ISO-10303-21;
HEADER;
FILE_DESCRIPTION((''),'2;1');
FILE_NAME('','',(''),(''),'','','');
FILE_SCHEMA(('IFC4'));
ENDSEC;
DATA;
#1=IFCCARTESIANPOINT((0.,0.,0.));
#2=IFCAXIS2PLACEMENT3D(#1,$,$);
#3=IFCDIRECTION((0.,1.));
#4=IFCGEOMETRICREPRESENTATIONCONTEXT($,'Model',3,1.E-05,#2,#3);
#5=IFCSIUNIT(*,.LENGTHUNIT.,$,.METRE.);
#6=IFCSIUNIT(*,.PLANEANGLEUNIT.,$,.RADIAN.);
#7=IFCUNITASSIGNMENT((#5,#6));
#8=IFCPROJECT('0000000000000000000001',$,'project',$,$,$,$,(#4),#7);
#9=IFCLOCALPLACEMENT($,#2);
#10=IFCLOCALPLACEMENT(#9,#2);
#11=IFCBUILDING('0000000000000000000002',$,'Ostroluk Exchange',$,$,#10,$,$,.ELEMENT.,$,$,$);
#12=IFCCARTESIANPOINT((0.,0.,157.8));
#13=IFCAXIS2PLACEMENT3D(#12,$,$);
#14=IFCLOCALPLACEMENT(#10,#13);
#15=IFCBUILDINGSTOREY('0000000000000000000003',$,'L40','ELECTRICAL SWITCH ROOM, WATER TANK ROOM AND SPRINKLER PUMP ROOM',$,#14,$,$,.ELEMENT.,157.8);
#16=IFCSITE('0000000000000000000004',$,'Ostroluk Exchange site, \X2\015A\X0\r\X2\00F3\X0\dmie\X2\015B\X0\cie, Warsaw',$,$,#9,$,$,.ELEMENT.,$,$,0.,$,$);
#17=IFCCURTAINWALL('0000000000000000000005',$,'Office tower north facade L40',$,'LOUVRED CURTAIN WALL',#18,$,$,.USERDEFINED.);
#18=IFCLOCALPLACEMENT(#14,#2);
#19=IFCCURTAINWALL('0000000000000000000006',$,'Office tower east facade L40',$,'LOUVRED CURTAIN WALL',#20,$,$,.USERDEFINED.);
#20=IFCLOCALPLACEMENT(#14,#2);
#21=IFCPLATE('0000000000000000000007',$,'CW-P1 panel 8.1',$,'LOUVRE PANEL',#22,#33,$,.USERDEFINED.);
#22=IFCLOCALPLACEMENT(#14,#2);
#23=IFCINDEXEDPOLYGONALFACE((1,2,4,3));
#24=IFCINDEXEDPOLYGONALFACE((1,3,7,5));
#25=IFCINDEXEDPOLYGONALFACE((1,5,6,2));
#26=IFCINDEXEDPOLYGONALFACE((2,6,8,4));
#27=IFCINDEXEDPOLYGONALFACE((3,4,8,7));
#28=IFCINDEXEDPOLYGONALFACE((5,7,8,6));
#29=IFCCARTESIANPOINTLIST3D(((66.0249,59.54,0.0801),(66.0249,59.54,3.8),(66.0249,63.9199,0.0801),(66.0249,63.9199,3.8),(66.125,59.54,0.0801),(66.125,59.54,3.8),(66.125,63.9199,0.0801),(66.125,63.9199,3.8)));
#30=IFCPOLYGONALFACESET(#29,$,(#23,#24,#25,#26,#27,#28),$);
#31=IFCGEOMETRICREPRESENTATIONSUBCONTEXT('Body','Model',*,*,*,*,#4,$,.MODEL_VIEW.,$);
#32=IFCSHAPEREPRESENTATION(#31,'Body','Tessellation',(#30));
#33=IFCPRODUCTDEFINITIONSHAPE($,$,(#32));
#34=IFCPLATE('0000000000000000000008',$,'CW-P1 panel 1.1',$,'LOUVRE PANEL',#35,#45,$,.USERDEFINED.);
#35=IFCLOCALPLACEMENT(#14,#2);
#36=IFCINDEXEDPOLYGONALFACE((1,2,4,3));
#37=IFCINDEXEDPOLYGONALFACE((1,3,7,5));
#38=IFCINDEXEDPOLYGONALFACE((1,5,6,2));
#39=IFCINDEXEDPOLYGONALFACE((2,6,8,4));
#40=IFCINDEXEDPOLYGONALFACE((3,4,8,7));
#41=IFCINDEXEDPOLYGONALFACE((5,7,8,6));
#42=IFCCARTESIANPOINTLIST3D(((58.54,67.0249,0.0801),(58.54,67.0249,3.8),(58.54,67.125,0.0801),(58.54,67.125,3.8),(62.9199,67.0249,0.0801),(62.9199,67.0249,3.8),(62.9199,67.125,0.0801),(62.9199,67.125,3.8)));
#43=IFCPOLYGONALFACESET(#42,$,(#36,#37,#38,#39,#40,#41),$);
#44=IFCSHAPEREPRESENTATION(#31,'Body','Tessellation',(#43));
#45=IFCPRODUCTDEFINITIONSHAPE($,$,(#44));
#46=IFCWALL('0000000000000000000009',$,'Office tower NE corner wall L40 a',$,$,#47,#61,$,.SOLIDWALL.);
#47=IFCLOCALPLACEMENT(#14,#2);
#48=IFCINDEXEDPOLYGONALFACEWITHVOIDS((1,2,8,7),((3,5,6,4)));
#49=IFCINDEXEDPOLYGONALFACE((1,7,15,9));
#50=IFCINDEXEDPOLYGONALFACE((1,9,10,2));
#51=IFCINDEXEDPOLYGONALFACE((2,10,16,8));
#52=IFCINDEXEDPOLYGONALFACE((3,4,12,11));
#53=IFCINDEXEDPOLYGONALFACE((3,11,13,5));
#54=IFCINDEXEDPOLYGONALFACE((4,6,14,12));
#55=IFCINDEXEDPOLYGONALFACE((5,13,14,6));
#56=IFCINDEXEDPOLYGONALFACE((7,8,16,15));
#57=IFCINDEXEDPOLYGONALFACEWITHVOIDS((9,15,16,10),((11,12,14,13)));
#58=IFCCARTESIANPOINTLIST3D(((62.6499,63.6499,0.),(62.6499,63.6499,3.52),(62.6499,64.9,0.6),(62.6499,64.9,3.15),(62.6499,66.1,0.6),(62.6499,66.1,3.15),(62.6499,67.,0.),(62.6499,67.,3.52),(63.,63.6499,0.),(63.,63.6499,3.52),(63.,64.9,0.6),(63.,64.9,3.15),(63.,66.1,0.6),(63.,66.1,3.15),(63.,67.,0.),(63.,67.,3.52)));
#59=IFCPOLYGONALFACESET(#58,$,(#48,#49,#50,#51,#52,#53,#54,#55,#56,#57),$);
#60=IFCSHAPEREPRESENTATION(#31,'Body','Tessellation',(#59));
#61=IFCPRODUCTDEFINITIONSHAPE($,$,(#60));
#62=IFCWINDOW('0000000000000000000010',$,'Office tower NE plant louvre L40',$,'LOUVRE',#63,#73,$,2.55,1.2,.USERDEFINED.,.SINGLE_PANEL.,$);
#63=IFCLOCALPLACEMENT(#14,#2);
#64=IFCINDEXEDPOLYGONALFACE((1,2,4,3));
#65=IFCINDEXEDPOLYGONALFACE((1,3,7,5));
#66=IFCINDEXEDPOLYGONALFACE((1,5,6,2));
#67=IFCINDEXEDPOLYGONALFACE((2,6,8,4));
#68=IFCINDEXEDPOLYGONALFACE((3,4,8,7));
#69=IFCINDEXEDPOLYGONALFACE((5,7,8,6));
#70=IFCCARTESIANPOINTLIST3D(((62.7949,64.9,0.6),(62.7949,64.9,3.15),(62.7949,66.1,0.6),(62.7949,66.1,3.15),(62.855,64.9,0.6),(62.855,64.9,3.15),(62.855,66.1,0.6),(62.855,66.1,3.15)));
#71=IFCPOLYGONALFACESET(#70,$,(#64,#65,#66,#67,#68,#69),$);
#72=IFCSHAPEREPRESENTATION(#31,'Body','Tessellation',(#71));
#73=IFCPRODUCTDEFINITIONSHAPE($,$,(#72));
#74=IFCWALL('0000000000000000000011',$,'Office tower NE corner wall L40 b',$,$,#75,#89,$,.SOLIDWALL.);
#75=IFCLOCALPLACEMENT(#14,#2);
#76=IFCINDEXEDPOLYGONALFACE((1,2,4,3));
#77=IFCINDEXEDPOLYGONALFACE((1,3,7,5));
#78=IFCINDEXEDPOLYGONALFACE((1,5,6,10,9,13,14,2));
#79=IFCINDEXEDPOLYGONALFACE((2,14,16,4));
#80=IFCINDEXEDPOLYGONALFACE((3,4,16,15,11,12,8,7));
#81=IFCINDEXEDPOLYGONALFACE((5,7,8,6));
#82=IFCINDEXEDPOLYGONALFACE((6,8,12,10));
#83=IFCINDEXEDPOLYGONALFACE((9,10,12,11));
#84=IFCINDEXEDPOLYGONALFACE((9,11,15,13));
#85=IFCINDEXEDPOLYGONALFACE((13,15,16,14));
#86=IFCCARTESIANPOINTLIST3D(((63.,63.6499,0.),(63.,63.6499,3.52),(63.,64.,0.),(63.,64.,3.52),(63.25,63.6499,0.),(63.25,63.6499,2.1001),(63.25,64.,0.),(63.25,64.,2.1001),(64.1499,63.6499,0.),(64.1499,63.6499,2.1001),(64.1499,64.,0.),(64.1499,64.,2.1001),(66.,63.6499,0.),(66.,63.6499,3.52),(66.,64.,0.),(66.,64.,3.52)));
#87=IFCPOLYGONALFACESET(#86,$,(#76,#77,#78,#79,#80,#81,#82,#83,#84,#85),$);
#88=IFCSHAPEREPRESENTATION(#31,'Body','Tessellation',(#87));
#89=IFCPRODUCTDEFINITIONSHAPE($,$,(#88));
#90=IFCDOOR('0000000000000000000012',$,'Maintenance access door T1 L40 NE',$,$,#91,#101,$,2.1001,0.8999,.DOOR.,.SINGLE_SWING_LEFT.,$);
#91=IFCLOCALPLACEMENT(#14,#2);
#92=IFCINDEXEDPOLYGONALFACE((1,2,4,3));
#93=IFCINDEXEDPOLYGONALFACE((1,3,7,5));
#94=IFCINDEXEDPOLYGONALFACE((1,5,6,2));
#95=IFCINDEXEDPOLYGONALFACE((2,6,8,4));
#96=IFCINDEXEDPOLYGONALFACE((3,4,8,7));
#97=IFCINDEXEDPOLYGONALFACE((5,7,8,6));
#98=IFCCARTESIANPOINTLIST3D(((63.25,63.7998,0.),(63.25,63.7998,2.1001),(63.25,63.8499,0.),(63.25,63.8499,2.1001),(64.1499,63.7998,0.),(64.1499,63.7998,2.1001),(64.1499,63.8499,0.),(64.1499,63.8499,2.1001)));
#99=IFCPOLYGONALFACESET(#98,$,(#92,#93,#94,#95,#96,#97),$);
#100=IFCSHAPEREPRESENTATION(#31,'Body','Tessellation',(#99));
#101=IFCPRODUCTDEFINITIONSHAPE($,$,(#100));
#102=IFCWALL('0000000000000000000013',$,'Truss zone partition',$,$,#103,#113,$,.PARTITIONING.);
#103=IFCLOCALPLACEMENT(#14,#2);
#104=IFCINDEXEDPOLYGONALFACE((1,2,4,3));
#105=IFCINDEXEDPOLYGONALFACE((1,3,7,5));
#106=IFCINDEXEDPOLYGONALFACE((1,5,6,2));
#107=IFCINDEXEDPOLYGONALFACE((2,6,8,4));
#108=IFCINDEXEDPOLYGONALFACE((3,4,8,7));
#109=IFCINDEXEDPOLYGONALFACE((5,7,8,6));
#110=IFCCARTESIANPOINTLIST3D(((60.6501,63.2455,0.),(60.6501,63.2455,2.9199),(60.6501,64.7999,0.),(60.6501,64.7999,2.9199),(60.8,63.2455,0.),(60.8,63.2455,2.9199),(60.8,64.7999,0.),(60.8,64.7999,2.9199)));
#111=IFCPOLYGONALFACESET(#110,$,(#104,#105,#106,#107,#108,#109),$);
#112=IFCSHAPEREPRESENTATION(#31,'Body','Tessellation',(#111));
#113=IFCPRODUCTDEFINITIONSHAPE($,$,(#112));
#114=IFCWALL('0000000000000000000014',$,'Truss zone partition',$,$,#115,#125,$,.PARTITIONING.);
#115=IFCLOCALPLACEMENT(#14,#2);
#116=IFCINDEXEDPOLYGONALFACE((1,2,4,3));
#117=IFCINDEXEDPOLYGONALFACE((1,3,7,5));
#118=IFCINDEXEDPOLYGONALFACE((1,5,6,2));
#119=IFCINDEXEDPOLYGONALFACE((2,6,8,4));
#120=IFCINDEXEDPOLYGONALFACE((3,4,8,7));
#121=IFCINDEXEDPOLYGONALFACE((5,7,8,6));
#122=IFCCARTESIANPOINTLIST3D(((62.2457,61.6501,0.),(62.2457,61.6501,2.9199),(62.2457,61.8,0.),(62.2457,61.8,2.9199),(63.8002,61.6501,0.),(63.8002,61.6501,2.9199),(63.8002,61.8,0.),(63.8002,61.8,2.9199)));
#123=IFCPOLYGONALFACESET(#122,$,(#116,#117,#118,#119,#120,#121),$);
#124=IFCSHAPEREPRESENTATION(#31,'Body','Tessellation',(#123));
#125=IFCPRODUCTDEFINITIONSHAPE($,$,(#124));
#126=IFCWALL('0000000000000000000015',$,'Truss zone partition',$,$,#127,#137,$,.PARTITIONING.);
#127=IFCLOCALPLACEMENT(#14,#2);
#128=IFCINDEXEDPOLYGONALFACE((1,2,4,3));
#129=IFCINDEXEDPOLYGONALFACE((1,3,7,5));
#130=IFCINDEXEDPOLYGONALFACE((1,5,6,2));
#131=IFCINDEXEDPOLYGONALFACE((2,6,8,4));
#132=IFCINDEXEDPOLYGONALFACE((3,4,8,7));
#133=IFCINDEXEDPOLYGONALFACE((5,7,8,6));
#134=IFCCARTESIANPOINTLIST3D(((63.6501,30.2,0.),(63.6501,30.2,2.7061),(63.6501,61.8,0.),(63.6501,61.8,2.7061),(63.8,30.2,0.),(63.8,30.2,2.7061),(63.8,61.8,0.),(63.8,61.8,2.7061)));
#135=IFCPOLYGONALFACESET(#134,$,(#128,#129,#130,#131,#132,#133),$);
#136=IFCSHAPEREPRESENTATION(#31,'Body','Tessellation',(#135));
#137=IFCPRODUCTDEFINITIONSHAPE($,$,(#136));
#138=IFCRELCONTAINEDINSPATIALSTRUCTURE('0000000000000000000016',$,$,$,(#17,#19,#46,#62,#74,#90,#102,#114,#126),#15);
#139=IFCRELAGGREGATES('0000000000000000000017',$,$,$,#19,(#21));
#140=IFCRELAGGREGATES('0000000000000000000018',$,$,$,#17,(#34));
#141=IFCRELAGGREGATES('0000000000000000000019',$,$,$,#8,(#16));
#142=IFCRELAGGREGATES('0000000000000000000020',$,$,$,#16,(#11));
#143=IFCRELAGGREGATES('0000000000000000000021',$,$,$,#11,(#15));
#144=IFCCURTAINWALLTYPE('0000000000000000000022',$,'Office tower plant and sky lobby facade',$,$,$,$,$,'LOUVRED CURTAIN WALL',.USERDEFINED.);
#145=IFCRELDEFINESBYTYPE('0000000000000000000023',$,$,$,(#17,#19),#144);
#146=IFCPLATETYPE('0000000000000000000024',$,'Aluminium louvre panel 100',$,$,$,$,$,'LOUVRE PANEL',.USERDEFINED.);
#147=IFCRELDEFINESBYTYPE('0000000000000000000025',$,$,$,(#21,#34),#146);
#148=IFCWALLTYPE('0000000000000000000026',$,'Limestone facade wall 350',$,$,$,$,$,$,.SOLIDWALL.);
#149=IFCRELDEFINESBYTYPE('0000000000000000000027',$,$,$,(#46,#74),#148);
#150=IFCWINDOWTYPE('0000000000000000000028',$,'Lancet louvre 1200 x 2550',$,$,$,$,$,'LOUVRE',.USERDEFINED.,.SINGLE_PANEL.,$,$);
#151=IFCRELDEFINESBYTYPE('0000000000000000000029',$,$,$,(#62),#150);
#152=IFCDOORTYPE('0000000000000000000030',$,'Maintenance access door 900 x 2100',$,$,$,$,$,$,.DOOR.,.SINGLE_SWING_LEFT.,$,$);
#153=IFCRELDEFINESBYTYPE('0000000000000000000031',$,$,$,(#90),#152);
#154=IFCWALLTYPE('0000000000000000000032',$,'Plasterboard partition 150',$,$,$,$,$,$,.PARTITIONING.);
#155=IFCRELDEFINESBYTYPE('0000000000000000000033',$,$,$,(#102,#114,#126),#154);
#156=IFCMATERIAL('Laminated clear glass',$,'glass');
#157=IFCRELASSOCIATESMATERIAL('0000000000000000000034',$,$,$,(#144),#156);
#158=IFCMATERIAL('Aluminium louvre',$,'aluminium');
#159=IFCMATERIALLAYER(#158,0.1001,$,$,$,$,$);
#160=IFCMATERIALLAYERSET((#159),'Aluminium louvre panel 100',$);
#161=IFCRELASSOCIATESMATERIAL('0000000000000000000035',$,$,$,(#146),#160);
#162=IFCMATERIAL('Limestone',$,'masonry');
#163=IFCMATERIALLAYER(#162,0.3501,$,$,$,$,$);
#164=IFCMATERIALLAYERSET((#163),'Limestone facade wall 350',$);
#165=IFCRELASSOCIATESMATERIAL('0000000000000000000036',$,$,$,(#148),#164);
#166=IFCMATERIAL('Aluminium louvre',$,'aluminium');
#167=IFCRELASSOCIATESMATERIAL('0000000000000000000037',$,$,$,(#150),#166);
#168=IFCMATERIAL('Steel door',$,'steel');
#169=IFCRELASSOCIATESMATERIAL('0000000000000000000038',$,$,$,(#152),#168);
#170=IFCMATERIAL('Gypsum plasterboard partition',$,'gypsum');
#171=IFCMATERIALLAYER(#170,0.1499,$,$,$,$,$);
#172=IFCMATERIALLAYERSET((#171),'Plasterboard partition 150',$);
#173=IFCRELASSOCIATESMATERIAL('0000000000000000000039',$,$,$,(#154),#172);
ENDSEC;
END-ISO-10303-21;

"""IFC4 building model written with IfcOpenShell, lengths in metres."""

from ifc_helpers import new_model, si_unit, direction, frame, frame_2d, origin, origin_2d, place, context, subcontext, project, spatial, rectangle, extrude, material, layer, layer_set, type_object, element, fill, aggregate, save


model = new_model("IFC4")

# Units and contexts
model_context = context("Model", 3, precision=1e-05, world=origin(), true_north=direction((0.0, 1.0)))
body_context = subcontext(model_context, "Body", "Model", "MODEL_VIEW")
ifc_project = project(units=[si_unit("LENGTHUNIT", "METRE"), si_unit("PLANEANGLEUNIT", "RADIAN")], contexts=[model_context])

# Site, building, storey
site_placement = place(None, origin())
site = spatial("IfcSite", under=ifc_project, at=site_placement, Name="Ostroluk Exchange site, Śródmieście, Warsaw", CompositionType="ELEMENT", RefElevation=0.0)
building_placement = place(site_placement, origin())
building = spatial("IfcBuilding", under=site, at=building_placement, Name="Ostroluk Exchange", CompositionType="ELEMENT")
storey_placement = place(building_placement, frame((0.0, 0.0, 157.8)))
storey = spatial("IfcBuildingStorey", under=building, at=storey_placement, Name="L40", Description="ELECTRICAL SWITCH ROOM, WATER TANK ROOM AND SPRINKLER PUMP ROOM", CompositionType="ELEMENT", Elevation=157.8)

# Curtain walls
ifc_material_1 = material(Name="Laminated clear glass", Category="glass")
curtain_wall_type = type_object("IfcCurtainWallType", Name="Office tower plant and sky lobby facade", ElementType="LOUVRED CURTAIN WALL", PredefinedType="USERDEFINED", material=ifc_material_1)
curtain_wall_1_placement = place(storey_placement, origin())
curtain_wall_1 = element("IfcCurtainWall", 1, at=curtain_wall_1_placement, inside=storey, type_object=curtain_wall_type, Name="Office tower north facade L40", ObjectType="LOUVRED CURTAIN WALL", PredefinedType="USERDEFINED")
curtain_wall_2_placement = place(storey_placement, origin())
curtain_wall_2 = element("IfcCurtainWall", 2, at=curtain_wall_2_placement, inside=storey, type_object=curtain_wall_type, Name="Office tower east facade L40", ObjectType="LOUVRED CURTAIN WALL", PredefinedType="USERDEFINED")

# Plates
ifc_material_2 = material(Name="Aluminium louvre", Category="aluminium")
ifc_layer_1 = layer(ifc_material_2, 0.1001)
ifc_layer_set_1 = layer_set([ifc_layer_1], Name="Aluminium louvre panel 100")
plate_type = type_object("IfcPlateType", Name="Aluminium louvre panel 100", ElementType="LOUVRE PANEL", PredefinedType="USERDEFINED", material=ifc_layer_set_1)
plate_1_placement = place(storey_placement, frame((66.075, 61.73, 0.0801), z_axis=(0.0, 0.0, 1.0), x_axis=(0.0, 1.0, 0.0)))
plate_1 = element("IfcPlate", 3, at=plate_1_placement, type_object=plate_type, Name="CW-P1 panel 8.1", ObjectType="LOUVRE PANEL", PredefinedType="USERDEFINED", context=body_context, shape_type="SweptSolid", body=[
    extrude(rectangle(XDim=4.3799, YDim=0.1001, at=origin_2d()), origin(), (0.0, 0.0, 1.0), 3.72),
])
aggregate(curtain_wall_2, [plate_1])
plate_2_placement = place(storey_placement, frame((60.73, 67.075, 0.0801), z_axis=(0.0, 0.0, 1.0), x_axis=(-1.0, 0.0, 0.0)))
plate_2 = element("IfcPlate", 4, at=plate_2_placement, type_object=plate_type, Name="CW-P1 panel 1.1", ObjectType="LOUVRE PANEL", PredefinedType="USERDEFINED", context=body_context, shape_type="SweptSolid", body=[
    extrude(rectangle(XDim=4.3799, YDim=0.1001, at=origin_2d()), origin(), (0.0, 0.0, 1.0), 3.72),
])
aggregate(curtain_wall_1, [plate_2])

# Wall, opening, window
ifc_material_3 = material(Name="Limestone", Category="masonry")
ifc_layer_2 = layer(ifc_material_3, 0.3501)
ifc_layer_set_2 = layer_set([ifc_layer_2], Name="Limestone facade wall 350")
wall_type_1 = type_object("IfcWallType", Name="Limestone facade wall 350", PredefinedType="SOLIDWALL", material=ifc_layer_set_2)
wall_1_placement = place(storey_placement, frame((62.825, 67.0, 0.0), z_axis=(0.0, 0.0, 1.0), x_axis=(0.0, -1.0, 0.0)))
wall_1 = element("IfcWall", 5, at=wall_1_placement, inside=storey, type_object=wall_type_1, Name="Office tower NE corner wall L40 a", PredefinedType="SOLIDWALL", context=body_context, shape_type="SweptSolid", body=[
    extrude(rectangle(XDim=3.3501, YDim=0.3501, at=frame_2d((1.675, 0.0))), origin(), (0.0, 0.0, 1.0), 3.52),
])
opening_1_placement = place(wall_1_placement, frame((0.8999, 0.0, 0.6001)))
opening_1 = element("IfcOpeningElement", 6, at=opening_1_placement, cuts=wall_1, PredefinedType="OPENING", context=body_context, shape_type="SweptSolid", body=[
    extrude(rectangle(XDim=1.2, YDim=2.55, at=frame_2d((0.6001, 1.2749))), frame((0.0, 0.1851, 0.0), z_axis=(0.0, -1.0, 0.0), x_axis=(1.0, 0.0, 0.0)), (0.0, 0.0, 1.0), 0.3701),
])
ifc_material_4 = material(Name="Aluminium louvre", Category="aluminium")
window_type = type_object("IfcWindowType", Name="Lancet louvre 1200 x 2550", ElementType="LOUVRE", PartitioningType="SINGLE_PANEL", PredefinedType="USERDEFINED", material=ifc_material_4)
window_placement = place(opening_1_placement, origin())
window = element("IfcWindow", 7, at=window_placement, inside=storey, type_object=window_type, Name="Office tower NE plant louvre L40", ObjectType="LOUVRE", OverallHeight=2.55, OverallWidth=1.2, PartitioningType="SINGLE_PANEL", PredefinedType="USERDEFINED", context=body_context, shape_type="SweptSolid", body=[
    extrude(rectangle(XDim=1.2, YDim=2.55, at=frame_2d((0.6001, 1.2749))), frame((0.0, 0.03, 0.0), z_axis=(0.0, -1.0, 0.0), x_axis=(1.0, 0.0, 0.0)), (0.0, 0.0, 1.0), 0.0601),
])
fill(opening_1, window)

# Wall, opening, door
wall_2_placement = place(storey_placement, frame((63.0, 63.825, 0.0), z_axis=(0.0, 0.0, 1.0), x_axis=(1.0, 0.0, 0.0)))
wall_2 = element("IfcWall", 8, at=wall_2_placement, inside=storey, type_object=wall_type_1, Name="Office tower NE corner wall L40 b", PredefinedType="SOLIDWALL", context=body_context, shape_type="SweptSolid", body=[
    extrude(rectangle(XDim=3.0, YDim=0.3501, at=frame_2d((1.5, 0.0))), origin(), (0.0, 0.0, 1.0), 3.52),
])
opening_2_placement = place(wall_2_placement, frame((0.25, 0.0, 0.0)))
opening_2 = element("IfcOpeningElement", 9, at=opening_2_placement, cuts=wall_2, PredefinedType="OPENING", context=body_context, shape_type="SweptSolid", body=[
    extrude(rectangle(XDim=0.8999, YDim=2.1001, at=frame_2d((0.45, 1.05))), frame((0.0, 0.1851, 0.0), z_axis=(0.0, -1.0, 0.0), x_axis=(1.0, 0.0, 0.0)), (0.0, 0.0, 1.0), 0.3701),
])
ifc_material_5 = material(Name="Steel door", Category="steel")
door_type = type_object("IfcDoorType", Name="Maintenance access door 900 x 2100", OperationType="SINGLE_SWING_LEFT", PredefinedType="DOOR", material=ifc_material_5)
door_placement = place(opening_2_placement, origin())
door = element("IfcDoor", 10, at=door_placement, inside=storey, type_object=door_type, Name="Maintenance access door T1 L40 NE", OperationType="SINGLE_SWING_LEFT", OverallHeight=2.1001, OverallWidth=0.8999, PredefinedType="DOOR", context=body_context, shape_type="SweptSolid", body=[
    extrude(rectangle(XDim=0.8999, YDim=2.1001, at=frame_2d((0.45, 1.05))), frame((0.0, 0.0249, 0.0), z_axis=(0.0, -1.0, 0.0), x_axis=(1.0, 0.0, 0.0)), (0.0, 0.0, 1.0), 0.05),
])
fill(opening_2, door)

# Walls
ifc_material_6 = material(Name="Gypsum plasterboard partition", Category="gypsum")
ifc_layer_3 = layer(ifc_material_6, 0.1499)
ifc_layer_set_3 = layer_set([ifc_layer_3], Name="Plasterboard partition 150")
wall_type_2 = type_object("IfcWallType", Name="Plasterboard partition 150", PredefinedType="PARTITIONING", material=ifc_layer_set_3)
for number, where, z_axis, x_axis, name in (
    (11, (60.7251, 64.8, 0.0), (0.0, 0.0, 1.0), (0.0, -1.0, 0.0), "Truss zone partition"),
    (12, (62.2456, 61.7251, 0.0), (0.0, 0.0, 1.0), (1.0, 0.0, 0.0), "Truss zone partition"),
):
    element("IfcWall", number, at=place(storey_placement, frame(where, z_axis=z_axis, x_axis=x_axis)), inside=storey, type_object=wall_type_2, Name=name, PredefinedType="PARTITIONING", context=body_context, shape_type="SweptSolid", body=[
        extrude(rectangle(XDim=1.5544, YDim=0.1499, at=frame_2d((0.7773, 0.0))), origin(), (0.0, 0.0, 1.0), 2.9199),
    ])
wall_3_placement = place(storey_placement, frame((63.7251, 61.8, 0.0), z_axis=(0.0, 0.0, 1.0), x_axis=(0.0, -1.0, 0.0)))
element("IfcWall", 13, at=wall_3_placement, inside=storey, type_object=wall_type_2, Name="Truss zone partition", PredefinedType="PARTITIONING", context=body_context, shape_type="SweptSolid", body=[
    extrude(rectangle(XDim=31.6001, YDim=0.1499, at=frame_2d((15.8, 0.0))), origin(), (0.0, 0.0, 1.0), 2.7061),
])

save(model, "model.ifc")
